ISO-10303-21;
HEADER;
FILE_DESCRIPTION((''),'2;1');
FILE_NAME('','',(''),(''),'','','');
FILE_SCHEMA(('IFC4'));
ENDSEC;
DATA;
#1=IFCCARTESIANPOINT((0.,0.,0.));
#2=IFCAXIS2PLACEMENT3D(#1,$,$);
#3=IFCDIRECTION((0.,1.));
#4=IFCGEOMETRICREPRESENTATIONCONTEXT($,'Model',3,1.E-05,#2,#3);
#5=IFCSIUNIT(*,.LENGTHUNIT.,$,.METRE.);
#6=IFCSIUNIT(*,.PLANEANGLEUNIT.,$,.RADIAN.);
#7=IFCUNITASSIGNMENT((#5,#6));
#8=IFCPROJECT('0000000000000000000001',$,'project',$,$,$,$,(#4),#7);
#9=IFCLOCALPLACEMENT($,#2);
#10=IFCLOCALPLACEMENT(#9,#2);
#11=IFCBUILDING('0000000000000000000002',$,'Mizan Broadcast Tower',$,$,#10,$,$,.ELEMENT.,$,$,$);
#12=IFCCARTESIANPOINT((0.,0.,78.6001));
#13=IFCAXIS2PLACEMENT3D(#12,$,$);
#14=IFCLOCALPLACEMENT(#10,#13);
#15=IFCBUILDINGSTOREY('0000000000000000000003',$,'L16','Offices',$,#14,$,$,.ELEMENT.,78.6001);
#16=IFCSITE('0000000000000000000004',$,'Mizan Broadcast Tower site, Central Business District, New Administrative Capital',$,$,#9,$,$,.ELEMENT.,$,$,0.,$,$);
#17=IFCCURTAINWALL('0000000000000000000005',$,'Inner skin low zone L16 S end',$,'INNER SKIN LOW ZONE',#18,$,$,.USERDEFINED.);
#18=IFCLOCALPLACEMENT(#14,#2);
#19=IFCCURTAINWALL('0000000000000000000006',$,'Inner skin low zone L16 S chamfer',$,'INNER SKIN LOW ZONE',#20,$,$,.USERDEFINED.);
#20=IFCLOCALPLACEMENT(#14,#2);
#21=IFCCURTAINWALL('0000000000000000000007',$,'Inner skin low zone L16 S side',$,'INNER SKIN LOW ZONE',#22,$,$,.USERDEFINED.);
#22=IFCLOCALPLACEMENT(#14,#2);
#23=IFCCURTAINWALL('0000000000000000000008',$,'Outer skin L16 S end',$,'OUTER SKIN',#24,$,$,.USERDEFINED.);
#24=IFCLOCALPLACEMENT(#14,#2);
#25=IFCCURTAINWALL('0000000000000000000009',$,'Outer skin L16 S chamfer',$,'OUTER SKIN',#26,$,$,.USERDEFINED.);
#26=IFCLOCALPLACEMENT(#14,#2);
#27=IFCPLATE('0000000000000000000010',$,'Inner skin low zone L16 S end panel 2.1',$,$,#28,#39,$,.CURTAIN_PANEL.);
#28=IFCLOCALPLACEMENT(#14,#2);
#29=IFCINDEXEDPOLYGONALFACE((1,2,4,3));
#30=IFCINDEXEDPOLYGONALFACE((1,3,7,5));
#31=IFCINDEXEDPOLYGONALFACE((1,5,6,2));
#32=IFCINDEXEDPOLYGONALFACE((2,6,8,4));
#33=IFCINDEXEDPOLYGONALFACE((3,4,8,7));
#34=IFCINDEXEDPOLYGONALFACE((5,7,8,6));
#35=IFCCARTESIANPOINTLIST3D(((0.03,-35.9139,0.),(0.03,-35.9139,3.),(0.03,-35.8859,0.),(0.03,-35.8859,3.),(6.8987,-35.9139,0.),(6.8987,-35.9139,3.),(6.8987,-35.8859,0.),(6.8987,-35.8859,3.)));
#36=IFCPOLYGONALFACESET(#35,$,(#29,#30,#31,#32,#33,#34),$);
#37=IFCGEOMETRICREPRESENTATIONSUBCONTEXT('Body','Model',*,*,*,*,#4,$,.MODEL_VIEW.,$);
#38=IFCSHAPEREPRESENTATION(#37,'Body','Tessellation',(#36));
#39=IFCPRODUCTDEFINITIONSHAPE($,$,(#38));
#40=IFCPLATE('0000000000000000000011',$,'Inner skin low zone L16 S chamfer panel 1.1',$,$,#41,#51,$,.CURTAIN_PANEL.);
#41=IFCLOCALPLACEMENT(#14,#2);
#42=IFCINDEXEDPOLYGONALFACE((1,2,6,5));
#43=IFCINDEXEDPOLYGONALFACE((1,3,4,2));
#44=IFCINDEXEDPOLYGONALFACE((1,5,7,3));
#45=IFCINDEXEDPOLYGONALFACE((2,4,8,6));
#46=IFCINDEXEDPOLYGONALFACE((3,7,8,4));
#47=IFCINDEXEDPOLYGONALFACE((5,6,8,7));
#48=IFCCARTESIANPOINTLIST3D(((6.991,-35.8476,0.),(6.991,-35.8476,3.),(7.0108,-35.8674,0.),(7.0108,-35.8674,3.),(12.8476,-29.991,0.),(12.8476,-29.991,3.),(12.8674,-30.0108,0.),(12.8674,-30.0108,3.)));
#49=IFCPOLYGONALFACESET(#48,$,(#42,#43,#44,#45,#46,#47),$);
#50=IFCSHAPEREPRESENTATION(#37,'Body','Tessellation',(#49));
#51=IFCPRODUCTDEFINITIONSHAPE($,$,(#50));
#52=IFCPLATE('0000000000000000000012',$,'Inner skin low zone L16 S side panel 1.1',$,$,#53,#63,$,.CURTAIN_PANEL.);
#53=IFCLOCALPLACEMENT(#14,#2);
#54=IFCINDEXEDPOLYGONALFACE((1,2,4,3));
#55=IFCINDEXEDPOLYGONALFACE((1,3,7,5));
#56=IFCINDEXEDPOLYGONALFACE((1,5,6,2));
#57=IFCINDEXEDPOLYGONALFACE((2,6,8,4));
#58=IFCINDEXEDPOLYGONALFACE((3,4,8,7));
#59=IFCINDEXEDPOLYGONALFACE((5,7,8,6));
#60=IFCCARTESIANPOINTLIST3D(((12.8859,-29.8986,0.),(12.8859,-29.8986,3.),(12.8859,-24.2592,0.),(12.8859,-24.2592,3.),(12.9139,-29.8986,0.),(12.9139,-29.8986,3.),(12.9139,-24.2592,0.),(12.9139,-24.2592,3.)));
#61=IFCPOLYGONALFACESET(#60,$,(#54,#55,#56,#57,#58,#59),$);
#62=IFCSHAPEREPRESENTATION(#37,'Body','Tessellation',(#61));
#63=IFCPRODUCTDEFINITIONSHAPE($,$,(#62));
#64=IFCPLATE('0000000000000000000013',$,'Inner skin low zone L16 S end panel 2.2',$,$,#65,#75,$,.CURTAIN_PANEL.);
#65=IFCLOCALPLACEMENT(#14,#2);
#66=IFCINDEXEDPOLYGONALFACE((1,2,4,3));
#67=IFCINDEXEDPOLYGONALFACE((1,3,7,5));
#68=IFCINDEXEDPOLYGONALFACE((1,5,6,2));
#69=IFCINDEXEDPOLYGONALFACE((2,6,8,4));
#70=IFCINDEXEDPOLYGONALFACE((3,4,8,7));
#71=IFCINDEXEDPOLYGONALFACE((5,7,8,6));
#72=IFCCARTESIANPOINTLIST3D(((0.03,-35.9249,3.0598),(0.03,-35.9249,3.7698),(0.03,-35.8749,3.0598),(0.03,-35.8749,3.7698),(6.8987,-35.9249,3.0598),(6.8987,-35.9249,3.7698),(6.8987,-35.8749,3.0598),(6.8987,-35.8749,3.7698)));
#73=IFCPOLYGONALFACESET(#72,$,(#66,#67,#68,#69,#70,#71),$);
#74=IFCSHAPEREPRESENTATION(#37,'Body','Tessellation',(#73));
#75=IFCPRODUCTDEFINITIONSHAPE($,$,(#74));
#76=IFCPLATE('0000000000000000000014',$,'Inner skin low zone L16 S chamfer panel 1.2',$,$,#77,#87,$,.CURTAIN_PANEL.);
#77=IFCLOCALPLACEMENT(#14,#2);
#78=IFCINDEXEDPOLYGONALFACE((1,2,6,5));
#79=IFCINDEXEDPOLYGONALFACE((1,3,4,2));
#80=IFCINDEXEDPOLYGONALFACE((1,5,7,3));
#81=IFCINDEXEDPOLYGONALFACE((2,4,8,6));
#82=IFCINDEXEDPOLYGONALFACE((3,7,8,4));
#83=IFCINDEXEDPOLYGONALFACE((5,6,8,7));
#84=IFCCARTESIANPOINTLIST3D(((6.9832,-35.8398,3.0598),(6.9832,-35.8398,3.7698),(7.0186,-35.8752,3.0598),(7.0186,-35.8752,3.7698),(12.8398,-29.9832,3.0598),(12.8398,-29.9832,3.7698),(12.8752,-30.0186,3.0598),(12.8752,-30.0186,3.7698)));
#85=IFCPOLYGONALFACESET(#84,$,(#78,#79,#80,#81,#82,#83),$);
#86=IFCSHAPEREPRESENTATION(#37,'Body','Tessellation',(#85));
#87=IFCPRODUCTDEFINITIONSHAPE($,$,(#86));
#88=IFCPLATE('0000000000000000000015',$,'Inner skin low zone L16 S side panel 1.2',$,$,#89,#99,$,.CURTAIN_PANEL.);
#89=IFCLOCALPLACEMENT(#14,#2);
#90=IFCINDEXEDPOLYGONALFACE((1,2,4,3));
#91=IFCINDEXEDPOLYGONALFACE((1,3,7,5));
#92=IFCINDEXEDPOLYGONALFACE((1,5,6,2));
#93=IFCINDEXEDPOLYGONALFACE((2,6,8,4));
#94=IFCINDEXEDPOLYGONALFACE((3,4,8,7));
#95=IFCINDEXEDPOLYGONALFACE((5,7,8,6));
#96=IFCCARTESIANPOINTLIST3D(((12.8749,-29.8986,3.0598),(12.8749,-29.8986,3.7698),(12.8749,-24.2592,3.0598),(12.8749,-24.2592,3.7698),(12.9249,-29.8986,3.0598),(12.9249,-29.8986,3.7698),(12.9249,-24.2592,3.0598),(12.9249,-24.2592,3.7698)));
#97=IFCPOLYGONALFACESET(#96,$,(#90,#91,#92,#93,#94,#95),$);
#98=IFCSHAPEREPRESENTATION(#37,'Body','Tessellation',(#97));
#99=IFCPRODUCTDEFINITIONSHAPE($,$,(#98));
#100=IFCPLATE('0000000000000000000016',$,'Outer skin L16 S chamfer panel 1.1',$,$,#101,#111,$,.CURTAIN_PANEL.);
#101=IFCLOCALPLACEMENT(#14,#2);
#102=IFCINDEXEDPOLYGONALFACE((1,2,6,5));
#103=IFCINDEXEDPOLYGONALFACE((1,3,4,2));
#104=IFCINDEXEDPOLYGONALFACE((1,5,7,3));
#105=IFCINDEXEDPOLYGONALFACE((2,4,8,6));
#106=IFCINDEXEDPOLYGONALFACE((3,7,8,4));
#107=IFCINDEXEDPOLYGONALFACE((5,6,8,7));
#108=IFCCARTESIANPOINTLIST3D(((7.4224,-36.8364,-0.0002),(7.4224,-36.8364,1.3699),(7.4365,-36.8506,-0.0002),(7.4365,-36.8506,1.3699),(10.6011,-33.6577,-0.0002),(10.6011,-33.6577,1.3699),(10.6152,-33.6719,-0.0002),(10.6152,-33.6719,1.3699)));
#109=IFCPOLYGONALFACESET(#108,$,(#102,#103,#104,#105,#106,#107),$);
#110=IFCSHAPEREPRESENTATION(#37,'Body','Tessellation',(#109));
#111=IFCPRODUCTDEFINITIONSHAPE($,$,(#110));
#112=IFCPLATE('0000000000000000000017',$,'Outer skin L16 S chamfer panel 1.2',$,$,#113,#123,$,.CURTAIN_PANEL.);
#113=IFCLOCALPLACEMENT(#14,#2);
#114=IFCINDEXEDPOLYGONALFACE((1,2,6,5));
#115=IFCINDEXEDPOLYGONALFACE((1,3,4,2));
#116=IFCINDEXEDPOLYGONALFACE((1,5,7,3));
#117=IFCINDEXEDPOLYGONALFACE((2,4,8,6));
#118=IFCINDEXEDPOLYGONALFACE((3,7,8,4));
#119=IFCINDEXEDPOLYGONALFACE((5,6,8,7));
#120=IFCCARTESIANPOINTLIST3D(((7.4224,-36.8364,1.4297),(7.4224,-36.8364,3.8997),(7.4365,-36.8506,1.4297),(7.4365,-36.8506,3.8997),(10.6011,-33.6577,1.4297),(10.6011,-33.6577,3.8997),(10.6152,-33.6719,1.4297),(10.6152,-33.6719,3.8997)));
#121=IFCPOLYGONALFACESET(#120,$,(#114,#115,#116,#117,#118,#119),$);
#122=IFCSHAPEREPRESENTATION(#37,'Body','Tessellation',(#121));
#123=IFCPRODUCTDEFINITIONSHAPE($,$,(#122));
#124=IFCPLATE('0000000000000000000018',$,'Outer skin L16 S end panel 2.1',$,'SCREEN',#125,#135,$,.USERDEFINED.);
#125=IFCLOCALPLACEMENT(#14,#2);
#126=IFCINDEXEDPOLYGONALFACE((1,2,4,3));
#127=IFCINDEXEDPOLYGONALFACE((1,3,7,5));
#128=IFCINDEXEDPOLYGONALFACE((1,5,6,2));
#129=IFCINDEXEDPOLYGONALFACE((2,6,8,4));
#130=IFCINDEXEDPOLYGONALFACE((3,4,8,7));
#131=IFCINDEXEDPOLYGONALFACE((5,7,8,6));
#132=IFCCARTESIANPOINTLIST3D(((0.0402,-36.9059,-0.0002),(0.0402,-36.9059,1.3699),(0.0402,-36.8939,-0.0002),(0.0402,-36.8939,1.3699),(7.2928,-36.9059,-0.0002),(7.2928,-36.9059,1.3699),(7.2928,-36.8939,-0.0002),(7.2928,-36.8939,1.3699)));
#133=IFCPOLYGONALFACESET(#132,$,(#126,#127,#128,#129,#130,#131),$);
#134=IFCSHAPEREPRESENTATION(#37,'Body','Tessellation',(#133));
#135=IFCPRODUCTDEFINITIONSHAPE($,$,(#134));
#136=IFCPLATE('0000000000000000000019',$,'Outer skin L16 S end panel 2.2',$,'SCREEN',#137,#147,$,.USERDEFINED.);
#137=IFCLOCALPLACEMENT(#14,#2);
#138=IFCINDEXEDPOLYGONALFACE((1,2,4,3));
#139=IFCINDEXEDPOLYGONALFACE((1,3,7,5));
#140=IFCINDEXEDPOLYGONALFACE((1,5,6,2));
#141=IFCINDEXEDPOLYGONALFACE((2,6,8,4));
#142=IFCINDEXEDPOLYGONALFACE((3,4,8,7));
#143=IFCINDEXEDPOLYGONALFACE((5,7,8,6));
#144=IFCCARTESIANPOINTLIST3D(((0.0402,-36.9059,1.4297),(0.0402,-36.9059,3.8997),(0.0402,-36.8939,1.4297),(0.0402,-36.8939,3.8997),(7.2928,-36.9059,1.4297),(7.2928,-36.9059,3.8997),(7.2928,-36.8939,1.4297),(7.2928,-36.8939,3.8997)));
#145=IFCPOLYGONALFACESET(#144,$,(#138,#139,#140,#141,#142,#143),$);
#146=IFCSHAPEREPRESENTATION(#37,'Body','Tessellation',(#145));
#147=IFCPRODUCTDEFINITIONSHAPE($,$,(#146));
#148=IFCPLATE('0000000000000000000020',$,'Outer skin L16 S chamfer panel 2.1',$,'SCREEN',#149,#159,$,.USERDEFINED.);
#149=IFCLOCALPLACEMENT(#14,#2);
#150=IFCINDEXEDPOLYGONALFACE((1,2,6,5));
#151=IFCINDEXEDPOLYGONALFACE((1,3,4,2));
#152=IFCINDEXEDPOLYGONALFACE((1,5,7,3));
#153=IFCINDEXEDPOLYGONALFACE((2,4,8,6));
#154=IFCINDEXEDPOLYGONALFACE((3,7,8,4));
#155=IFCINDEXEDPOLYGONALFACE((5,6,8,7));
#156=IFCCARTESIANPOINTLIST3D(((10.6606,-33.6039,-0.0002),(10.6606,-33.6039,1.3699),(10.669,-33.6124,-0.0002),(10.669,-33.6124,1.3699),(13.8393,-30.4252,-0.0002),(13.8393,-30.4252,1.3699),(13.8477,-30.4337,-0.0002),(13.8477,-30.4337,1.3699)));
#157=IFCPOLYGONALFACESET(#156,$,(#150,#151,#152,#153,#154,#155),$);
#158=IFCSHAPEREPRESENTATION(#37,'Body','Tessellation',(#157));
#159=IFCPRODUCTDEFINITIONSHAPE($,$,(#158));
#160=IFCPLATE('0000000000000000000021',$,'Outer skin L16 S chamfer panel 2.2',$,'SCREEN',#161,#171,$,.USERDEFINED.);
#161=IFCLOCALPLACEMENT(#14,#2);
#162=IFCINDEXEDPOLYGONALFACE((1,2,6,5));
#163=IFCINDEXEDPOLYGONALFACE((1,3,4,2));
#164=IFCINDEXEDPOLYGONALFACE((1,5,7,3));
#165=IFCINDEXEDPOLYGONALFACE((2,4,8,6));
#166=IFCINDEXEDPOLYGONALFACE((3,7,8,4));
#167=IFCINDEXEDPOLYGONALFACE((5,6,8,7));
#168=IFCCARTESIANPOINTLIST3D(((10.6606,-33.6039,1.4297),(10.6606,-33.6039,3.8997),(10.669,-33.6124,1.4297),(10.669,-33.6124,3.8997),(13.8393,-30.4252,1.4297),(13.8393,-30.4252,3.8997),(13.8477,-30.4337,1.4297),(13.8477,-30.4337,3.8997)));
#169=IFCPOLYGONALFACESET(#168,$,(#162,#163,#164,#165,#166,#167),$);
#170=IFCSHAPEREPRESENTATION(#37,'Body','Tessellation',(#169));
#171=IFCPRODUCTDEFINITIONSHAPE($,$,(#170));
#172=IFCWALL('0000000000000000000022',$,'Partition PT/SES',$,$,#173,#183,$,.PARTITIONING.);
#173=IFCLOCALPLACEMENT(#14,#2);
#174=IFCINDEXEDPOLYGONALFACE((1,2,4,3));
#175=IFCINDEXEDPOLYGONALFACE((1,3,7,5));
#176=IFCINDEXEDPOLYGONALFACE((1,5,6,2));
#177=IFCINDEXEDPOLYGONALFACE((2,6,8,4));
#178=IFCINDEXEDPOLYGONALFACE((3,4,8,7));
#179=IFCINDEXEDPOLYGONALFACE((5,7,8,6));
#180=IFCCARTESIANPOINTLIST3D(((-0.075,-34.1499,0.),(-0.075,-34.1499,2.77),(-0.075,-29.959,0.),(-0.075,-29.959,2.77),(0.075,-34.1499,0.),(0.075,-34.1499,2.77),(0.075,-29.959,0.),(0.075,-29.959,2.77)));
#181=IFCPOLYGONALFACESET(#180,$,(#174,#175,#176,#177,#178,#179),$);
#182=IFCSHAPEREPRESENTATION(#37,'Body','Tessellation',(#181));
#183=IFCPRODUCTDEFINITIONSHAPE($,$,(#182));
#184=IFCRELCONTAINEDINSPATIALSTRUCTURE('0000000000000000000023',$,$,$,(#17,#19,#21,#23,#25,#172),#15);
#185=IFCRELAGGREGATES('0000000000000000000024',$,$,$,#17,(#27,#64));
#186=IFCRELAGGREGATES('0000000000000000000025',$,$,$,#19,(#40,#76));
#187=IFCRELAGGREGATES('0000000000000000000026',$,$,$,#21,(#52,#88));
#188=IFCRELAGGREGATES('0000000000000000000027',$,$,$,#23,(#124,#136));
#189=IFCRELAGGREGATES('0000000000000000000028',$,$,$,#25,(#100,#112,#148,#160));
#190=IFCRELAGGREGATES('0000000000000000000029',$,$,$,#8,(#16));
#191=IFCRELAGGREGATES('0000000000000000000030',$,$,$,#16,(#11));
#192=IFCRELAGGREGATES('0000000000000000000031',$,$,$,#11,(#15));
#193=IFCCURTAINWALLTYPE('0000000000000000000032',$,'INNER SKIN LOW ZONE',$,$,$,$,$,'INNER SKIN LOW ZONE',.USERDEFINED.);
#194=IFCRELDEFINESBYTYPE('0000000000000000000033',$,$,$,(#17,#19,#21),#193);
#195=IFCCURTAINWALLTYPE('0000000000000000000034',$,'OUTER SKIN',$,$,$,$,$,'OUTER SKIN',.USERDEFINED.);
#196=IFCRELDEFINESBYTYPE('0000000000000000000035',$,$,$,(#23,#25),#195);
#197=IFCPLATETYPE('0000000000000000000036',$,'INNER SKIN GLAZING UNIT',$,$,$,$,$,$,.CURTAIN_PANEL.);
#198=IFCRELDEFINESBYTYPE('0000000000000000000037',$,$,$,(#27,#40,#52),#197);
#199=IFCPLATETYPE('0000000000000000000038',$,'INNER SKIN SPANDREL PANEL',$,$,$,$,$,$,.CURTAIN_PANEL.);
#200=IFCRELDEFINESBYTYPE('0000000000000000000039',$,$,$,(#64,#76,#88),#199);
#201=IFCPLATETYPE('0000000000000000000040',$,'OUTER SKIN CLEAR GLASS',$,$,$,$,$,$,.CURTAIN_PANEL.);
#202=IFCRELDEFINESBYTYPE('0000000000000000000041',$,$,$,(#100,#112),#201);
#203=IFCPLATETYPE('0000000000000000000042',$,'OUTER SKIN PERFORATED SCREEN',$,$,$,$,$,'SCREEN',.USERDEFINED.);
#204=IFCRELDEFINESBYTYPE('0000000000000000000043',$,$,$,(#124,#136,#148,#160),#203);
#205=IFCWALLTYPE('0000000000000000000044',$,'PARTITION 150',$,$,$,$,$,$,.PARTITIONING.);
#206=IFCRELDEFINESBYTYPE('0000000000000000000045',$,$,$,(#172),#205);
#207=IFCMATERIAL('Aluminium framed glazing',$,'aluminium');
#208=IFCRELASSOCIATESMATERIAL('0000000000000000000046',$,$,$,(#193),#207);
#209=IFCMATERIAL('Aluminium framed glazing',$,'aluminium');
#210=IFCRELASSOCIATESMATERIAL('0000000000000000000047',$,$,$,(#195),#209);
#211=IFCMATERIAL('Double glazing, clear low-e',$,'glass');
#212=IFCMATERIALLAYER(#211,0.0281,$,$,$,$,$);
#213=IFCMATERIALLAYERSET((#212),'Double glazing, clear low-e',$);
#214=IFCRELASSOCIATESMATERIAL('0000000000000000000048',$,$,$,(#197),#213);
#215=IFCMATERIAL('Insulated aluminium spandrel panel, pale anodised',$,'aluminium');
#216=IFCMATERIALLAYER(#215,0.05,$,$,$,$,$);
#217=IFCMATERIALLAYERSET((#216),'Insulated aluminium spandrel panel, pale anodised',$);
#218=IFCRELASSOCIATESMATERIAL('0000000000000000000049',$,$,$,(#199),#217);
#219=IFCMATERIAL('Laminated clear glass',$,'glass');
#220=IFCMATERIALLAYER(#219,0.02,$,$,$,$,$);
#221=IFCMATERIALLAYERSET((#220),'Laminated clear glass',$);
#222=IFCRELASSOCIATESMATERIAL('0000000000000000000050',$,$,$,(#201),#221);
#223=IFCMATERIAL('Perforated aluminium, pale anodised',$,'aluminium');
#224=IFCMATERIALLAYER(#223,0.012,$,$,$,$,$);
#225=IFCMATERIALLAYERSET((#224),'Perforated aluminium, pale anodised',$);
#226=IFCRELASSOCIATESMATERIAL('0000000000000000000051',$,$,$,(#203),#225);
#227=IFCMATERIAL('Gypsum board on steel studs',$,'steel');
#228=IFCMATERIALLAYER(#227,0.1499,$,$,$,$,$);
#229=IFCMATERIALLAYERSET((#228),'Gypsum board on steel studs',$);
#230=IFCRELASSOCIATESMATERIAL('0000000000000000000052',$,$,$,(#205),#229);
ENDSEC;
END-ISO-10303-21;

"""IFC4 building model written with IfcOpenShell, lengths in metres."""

from ifc_helpers import new_model, si_unit, direction, frame, frame_2d, origin, origin_2d, place, context, subcontext, project, spatial, rectangle, extrude, material, layer, layer_set, type_object, element, aggregate, save


model = new_model("IFC4")

# Units and contexts
model_context = context("Model", 3, precision=1e-05, world=origin(), true_north=direction((0.0, 1.0)))
body_context = subcontext(model_context, "Body", "Model", "MODEL_VIEW")
ifc_project = project(units=[si_unit("LENGTHUNIT", "METRE"), si_unit("PLANEANGLEUNIT", "RADIAN")], contexts=[model_context])

# Site, building, storey
site_placement = place(None, origin())
site = spatial("IfcSite", under=ifc_project, at=site_placement, Name="Mizan Broadcast Tower site, Central Business District, New Administrative Capital", CompositionType="ELEMENT", RefElevation=0.0)
building_placement = place(site_placement, origin())
building = spatial("IfcBuilding", under=site, at=building_placement, Name="Mizan Broadcast Tower", CompositionType="ELEMENT")
storey_placement = place(building_placement, frame((0.0, 0.0, 78.6001)))
storey = spatial("IfcBuildingStorey", under=building, at=storey_placement, Name="L16", Description="Offices", CompositionType="ELEMENT", Elevation=78.6001)

# Curtain wall
ifc_material_1 = material(Name="Aluminium framed glazing", Category="aluminium")
curtain_wall_type_1 = type_object("IfcCurtainWallType", Name="INNER SKIN LOW ZONE", ElementType="INNER SKIN LOW ZONE", PredefinedType="USERDEFINED", material=ifc_material_1)
curtain_wall_1_placement = place(storey_placement, origin())
curtain_wall_1 = element("IfcCurtainWall", 1, at=curtain_wall_1_placement, inside=storey, type_object=curtain_wall_type_1, Name="Inner skin low zone L16 S end", ObjectType="INNER SKIN LOW ZONE", PredefinedType="USERDEFINED")

# Curtain walls
curtain_wall_2_placement = place(storey_placement, origin())
curtain_wall_2 = element("IfcCurtainWall", 2, at=curtain_wall_2_placement, inside=storey, type_object=curtain_wall_type_1, Name="Inner skin low zone L16 S chamfer", ObjectType="INNER SKIN LOW ZONE", PredefinedType="USERDEFINED")
curtain_wall_3_placement = place(storey_placement, origin())
curtain_wall_3 = element("IfcCurtainWall", 3, at=curtain_wall_3_placement, inside=storey, type_object=curtain_wall_type_1, Name="Inner skin low zone L16 S side", ObjectType="INNER SKIN LOW ZONE", PredefinedType="USERDEFINED")

# Curtain wall
ifc_material_2 = material(Name="Aluminium framed glazing", Category="aluminium")
curtain_wall_type_2 = type_object("IfcCurtainWallType", Name="OUTER SKIN", ElementType="OUTER SKIN", PredefinedType="USERDEFINED", material=ifc_material_2)
curtain_wall_4_placement = place(storey_placement, origin())
curtain_wall_4 = element("IfcCurtainWall", 4, at=curtain_wall_4_placement, inside=storey, type_object=curtain_wall_type_2, Name="Outer skin L16 S end", ObjectType="OUTER SKIN", PredefinedType="USERDEFINED")

# Curtain wall
curtain_wall_5_placement = place(storey_placement, origin())
curtain_wall_5 = element("IfcCurtainWall", 5, at=curtain_wall_5_placement, inside=storey, type_object=curtain_wall_type_2, Name="Outer skin L16 S chamfer", ObjectType="OUTER SKIN", PredefinedType="USERDEFINED")

# Plates
ifc_material_3 = material(Name="Double glazing, clear low-e", Category="glass")
ifc_layer_1 = layer(ifc_material_3, 0.0281)
ifc_layer_set_1 = layer_set([ifc_layer_1], Name="Double glazing, clear low-e")
plate_type_1 = type_object("IfcPlateType", Name="INNER SKIN GLAZING UNIT", PredefinedType="CURTAIN_PANEL", material=ifc_layer_set_1)
plate_1_placement = place(storey_placement, frame((3.4644, -35.8999, 0.0), z_axis=(0.0, 0.0, 1.0), x_axis=(1.0, 0.0, 0.0)))
plate_1 = element("IfcPlate", 6, at=plate_1_placement, type_object=plate_type_1, Name="Inner skin low zone L16 S end panel 2.1", PredefinedType="CURTAIN_PANEL", context=body_context, shape_type="SweptSolid", body=[
    extrude(rectangle(XDim=6.8687, YDim=0.0281, at=origin_2d()), origin(), (0.0, 0.0, 1.0), 3.0),
])
plate_2_placement = place(storey_placement, frame((9.9292, -32.9292, 0.0), z_axis=(0.0, 0.0, 1.0), x_axis=(0.707107, 0.707107, 0.0)))
plate_2 = element("IfcPlate", 7, at=plate_2_placement, type_object=plate_type_1, Name="Inner skin low zone L16 S chamfer panel 1.1", PredefinedType="CURTAIN_PANEL", context=body_context, shape_type="SweptSolid", body=[
    extrude(rectangle(XDim=8.2825, YDim=0.0281, at=origin_2d()), origin(), (0.0, 0.0, 1.0), 3.0),
])
plate_3_placement = place(storey_placement, frame((12.8999, -27.0789, 0.0), z_axis=(0.0, 0.0, 1.0), x_axis=(0.0, 1.0, 0.0)))
plate_3 = element("IfcPlate", 8, at=plate_3_placement, type_object=plate_type_1, Name="Inner skin low zone L16 S side panel 1.1", PredefinedType="CURTAIN_PANEL", context=body_context, shape_type="SweptSolid", body=[
    extrude(rectangle(XDim=5.6394, YDim=0.0281, at=origin_2d()), origin(), (0.0, 0.0, 1.0), 3.0),
])
ifc_material_4 = material(Name="Insulated aluminium spandrel panel, pale anodised", Category="aluminium")
ifc_layer_2 = layer(ifc_material_4, 0.05)
ifc_layer_set_2 = layer_set([ifc_layer_2], Name="Insulated aluminium spandrel panel, pale anodised")
plate_type_2 = type_object("IfcPlateType", Name="INNER SKIN SPANDREL PANEL", PredefinedType="CURTAIN_PANEL", material=ifc_layer_set_2)
plate_4_placement = place(storey_placement, frame((3.4644, -35.8999, 3.0598), z_axis=(0.0, 0.0, 1.0), x_axis=(1.0, 0.0, 0.0)))
plate_4 = element("IfcPlate", 9, at=plate_4_placement, type_object=plate_type_2, Name="Inner skin low zone L16 S end panel 2.2", PredefinedType="CURTAIN_PANEL", context=body_context, shape_type="SweptSolid", body=[
    extrude(rectangle(XDim=6.8687, YDim=0.05, at=origin_2d()), origin(), (0.0, 0.0, 1.0), 0.71),
])
aggregate(curtain_wall_1, [plate_1, plate_4])
plate_5_placement = place(storey_placement, frame((9.9292, -32.9292, 3.0598), z_axis=(0.0, 0.0, 1.0), x_axis=(0.707107, 0.707107, 0.0)))
plate_5 = element("IfcPlate", 10, at=plate_5_placement, type_object=plate_type_2, Name="Inner skin low zone L16 S chamfer panel 1.2", PredefinedType="CURTAIN_PANEL", context=body_context, shape_type="SweptSolid", body=[
    extrude(rectangle(XDim=8.2825, YDim=0.05, at=origin_2d()), origin(), (0.0, 0.0, 1.0), 0.71),
])
aggregate(curtain_wall_2, [plate_2, plate_5])
plate_6_placement = place(storey_placement, frame((12.8999, -27.0789, 3.0598), z_axis=(0.0, 0.0, 1.0), x_axis=(0.0, 1.0, 0.0)))
plate_6 = element("IfcPlate", 11, at=plate_6_placement, type_object=plate_type_2, Name="Inner skin low zone L16 S side panel 1.2", PredefinedType="CURTAIN_PANEL", context=body_context, shape_type="SweptSolid", body=[
    extrude(rectangle(XDim=5.6394, YDim=0.05, at=origin_2d()), origin(), (0.0, 0.0, 1.0), 0.71),
])
aggregate(curtain_wall_3, [plate_3, plate_6])
ifc_material_5 = material(Name="Laminated clear glass", Category="glass")
ifc_layer_3 = layer(ifc_material_5, 0.02)
ifc_layer_set_3 = layer_set([ifc_layer_3], Name="Laminated clear glass")
plate_type_3 = type_object("IfcPlateType", Name="OUTER SKIN CLEAR GLASS", PredefinedType="CURTAIN_PANEL", material=ifc_layer_set_3)
plate_7_placement = place(storey_placement, frame((9.0188, -35.2542, -0.0002), z_axis=(0.0, 0.0, 1.0), x_axis=(0.707107, 0.707107, 0.0)))
plate_7 = element("IfcPlate", 12, at=plate_7_placement, type_object=plate_type_3, Name="Outer skin L16 S chamfer panel 1.1", PredefinedType="CURTAIN_PANEL", context=body_context, shape_type="SweptSolid", body=[
    extrude(rectangle(XDim=4.4954, YDim=0.02, at=origin_2d()), origin(), (0.0, 0.0, 1.0), 1.3701),
])
plate_8_placement = place(storey_placement, frame((9.0188, -35.2542, 1.4297), z_axis=(0.0, 0.0, 1.0), x_axis=(0.707107, 0.707107, 0.0)))
plate_8 = element("IfcPlate", 13, at=plate_8_placement, type_object=plate_type_3, Name="Outer skin L16 S chamfer panel 1.2", PredefinedType="CURTAIN_PANEL", context=body_context, shape_type="SweptSolid", body=[
    extrude(rectangle(XDim=4.4954, YDim=0.02, at=origin_2d()), origin(), (0.0, 0.0, 1.0), 2.47),
])
ifc_material_6 = material(Name="Perforated aluminium, pale anodised", Category="aluminium")
ifc_layer_4 = layer(ifc_material_6, 0.012)
ifc_layer_set_4 = layer_set([ifc_layer_4], Name="Perforated aluminium, pale anodised")
plate_type_4 = type_object("IfcPlateType", Name="OUTER SKIN PERFORATED SCREEN", ElementType="SCREEN", PredefinedType="USERDEFINED", material=ifc_layer_set_4)
plate_9_placement = place(storey_placement, frame((3.6665, -36.8999, -0.0002), z_axis=(0.0, 0.0, 1.0), x_axis=(1.0, 0.0, 0.0)))
plate_9 = element("IfcPlate", 14, at=plate_9_placement, type_object=plate_type_4, Name="Outer skin L16 S end panel 2.1", ObjectType="SCREEN", PredefinedType="USERDEFINED", context=body_context, shape_type="SweptSolid", body=[
    extrude(rectangle(XDim=7.2527, YDim=0.012, at=origin_2d()), origin(), (0.0, 0.0, 1.0), 1.3701),
])
plate_10_placement = place(storey_placement, frame((3.6665, -36.8999, 1.4297), z_axis=(0.0, 0.0, 1.0), x_axis=(1.0, 0.0, 0.0)))
plate_10 = element("IfcPlate", 15, at=plate_10_placement, type_object=plate_type_4, Name="Outer skin L16 S end panel 2.2", ObjectType="SCREEN", PredefinedType="USERDEFINED", context=body_context, shape_type="SweptSolid", body=[
    extrude(rectangle(XDim=7.2527, YDim=0.012, at=origin_2d()), origin(), (0.0, 0.0, 1.0), 2.47),
])
aggregate(curtain_wall_4, [plate_9, plate_10])
plate_11_placement = place(storey_placement, frame((12.2542, -32.0188, -0.0002), z_axis=(0.0, 0.0, 1.0), x_axis=(0.707107, 0.707107, 0.0)))
plate_11 = element("IfcPlate", 16, at=plate_11_placement, type_object=plate_type_4, Name="Outer skin L16 S chamfer panel 2.1", ObjectType="SCREEN", PredefinedType="USERDEFINED", context=body_context, shape_type="SweptSolid", body=[
    extrude(rectangle(XDim=4.4954, YDim=0.012, at=origin_2d()), origin(), (0.0, 0.0, 1.0), 1.3701),
])
plate_12_placement = place(storey_placement, frame((12.2542, -32.0188, 1.4297), z_axis=(0.0, 0.0, 1.0), x_axis=(0.707107, 0.707107, 0.0)))
plate_12 = element("IfcPlate", 17, at=plate_12_placement, type_object=plate_type_4, Name="Outer skin L16 S chamfer panel 2.2", ObjectType="SCREEN", PredefinedType="USERDEFINED", context=body_context, shape_type="SweptSolid", body=[
    extrude(rectangle(XDim=4.4954, YDim=0.012, at=origin_2d()), origin(), (0.0, 0.0, 1.0), 2.47),
])
aggregate(curtain_wall_5, [plate_7, plate_8, plate_11, plate_12])

# Wall
ifc_material_7 = material(Name="Gypsum board on steel studs", Category="steel")
ifc_layer_5 = layer(ifc_material_7, 0.1499)
ifc_layer_set_5 = layer_set([ifc_layer_5], Name="Gypsum board on steel studs")
wall_type = type_object("IfcWallType", Name="PARTITION 150", PredefinedType="PARTITIONING", material=ifc_layer_set_5)
wall_placement = place(storey_placement, frame((0.0, -29.959, 0.0), z_axis=(0.0, 0.0, 1.0), x_axis=(0.0, -1.0, 0.0)))
element("IfcWall", 18, at=wall_placement, inside=storey, type_object=wall_type, Name="Partition PT/SES", PredefinedType="PARTITIONING", context=body_context, shape_type="SweptSolid", body=[
    extrude(rectangle(XDim=4.1909, YDim=0.1499, at=frame_2d((2.0955, 0.0))), origin(), (0.0, 0.0, 1.0), 2.77),
])

save(model, "model.ifc")
